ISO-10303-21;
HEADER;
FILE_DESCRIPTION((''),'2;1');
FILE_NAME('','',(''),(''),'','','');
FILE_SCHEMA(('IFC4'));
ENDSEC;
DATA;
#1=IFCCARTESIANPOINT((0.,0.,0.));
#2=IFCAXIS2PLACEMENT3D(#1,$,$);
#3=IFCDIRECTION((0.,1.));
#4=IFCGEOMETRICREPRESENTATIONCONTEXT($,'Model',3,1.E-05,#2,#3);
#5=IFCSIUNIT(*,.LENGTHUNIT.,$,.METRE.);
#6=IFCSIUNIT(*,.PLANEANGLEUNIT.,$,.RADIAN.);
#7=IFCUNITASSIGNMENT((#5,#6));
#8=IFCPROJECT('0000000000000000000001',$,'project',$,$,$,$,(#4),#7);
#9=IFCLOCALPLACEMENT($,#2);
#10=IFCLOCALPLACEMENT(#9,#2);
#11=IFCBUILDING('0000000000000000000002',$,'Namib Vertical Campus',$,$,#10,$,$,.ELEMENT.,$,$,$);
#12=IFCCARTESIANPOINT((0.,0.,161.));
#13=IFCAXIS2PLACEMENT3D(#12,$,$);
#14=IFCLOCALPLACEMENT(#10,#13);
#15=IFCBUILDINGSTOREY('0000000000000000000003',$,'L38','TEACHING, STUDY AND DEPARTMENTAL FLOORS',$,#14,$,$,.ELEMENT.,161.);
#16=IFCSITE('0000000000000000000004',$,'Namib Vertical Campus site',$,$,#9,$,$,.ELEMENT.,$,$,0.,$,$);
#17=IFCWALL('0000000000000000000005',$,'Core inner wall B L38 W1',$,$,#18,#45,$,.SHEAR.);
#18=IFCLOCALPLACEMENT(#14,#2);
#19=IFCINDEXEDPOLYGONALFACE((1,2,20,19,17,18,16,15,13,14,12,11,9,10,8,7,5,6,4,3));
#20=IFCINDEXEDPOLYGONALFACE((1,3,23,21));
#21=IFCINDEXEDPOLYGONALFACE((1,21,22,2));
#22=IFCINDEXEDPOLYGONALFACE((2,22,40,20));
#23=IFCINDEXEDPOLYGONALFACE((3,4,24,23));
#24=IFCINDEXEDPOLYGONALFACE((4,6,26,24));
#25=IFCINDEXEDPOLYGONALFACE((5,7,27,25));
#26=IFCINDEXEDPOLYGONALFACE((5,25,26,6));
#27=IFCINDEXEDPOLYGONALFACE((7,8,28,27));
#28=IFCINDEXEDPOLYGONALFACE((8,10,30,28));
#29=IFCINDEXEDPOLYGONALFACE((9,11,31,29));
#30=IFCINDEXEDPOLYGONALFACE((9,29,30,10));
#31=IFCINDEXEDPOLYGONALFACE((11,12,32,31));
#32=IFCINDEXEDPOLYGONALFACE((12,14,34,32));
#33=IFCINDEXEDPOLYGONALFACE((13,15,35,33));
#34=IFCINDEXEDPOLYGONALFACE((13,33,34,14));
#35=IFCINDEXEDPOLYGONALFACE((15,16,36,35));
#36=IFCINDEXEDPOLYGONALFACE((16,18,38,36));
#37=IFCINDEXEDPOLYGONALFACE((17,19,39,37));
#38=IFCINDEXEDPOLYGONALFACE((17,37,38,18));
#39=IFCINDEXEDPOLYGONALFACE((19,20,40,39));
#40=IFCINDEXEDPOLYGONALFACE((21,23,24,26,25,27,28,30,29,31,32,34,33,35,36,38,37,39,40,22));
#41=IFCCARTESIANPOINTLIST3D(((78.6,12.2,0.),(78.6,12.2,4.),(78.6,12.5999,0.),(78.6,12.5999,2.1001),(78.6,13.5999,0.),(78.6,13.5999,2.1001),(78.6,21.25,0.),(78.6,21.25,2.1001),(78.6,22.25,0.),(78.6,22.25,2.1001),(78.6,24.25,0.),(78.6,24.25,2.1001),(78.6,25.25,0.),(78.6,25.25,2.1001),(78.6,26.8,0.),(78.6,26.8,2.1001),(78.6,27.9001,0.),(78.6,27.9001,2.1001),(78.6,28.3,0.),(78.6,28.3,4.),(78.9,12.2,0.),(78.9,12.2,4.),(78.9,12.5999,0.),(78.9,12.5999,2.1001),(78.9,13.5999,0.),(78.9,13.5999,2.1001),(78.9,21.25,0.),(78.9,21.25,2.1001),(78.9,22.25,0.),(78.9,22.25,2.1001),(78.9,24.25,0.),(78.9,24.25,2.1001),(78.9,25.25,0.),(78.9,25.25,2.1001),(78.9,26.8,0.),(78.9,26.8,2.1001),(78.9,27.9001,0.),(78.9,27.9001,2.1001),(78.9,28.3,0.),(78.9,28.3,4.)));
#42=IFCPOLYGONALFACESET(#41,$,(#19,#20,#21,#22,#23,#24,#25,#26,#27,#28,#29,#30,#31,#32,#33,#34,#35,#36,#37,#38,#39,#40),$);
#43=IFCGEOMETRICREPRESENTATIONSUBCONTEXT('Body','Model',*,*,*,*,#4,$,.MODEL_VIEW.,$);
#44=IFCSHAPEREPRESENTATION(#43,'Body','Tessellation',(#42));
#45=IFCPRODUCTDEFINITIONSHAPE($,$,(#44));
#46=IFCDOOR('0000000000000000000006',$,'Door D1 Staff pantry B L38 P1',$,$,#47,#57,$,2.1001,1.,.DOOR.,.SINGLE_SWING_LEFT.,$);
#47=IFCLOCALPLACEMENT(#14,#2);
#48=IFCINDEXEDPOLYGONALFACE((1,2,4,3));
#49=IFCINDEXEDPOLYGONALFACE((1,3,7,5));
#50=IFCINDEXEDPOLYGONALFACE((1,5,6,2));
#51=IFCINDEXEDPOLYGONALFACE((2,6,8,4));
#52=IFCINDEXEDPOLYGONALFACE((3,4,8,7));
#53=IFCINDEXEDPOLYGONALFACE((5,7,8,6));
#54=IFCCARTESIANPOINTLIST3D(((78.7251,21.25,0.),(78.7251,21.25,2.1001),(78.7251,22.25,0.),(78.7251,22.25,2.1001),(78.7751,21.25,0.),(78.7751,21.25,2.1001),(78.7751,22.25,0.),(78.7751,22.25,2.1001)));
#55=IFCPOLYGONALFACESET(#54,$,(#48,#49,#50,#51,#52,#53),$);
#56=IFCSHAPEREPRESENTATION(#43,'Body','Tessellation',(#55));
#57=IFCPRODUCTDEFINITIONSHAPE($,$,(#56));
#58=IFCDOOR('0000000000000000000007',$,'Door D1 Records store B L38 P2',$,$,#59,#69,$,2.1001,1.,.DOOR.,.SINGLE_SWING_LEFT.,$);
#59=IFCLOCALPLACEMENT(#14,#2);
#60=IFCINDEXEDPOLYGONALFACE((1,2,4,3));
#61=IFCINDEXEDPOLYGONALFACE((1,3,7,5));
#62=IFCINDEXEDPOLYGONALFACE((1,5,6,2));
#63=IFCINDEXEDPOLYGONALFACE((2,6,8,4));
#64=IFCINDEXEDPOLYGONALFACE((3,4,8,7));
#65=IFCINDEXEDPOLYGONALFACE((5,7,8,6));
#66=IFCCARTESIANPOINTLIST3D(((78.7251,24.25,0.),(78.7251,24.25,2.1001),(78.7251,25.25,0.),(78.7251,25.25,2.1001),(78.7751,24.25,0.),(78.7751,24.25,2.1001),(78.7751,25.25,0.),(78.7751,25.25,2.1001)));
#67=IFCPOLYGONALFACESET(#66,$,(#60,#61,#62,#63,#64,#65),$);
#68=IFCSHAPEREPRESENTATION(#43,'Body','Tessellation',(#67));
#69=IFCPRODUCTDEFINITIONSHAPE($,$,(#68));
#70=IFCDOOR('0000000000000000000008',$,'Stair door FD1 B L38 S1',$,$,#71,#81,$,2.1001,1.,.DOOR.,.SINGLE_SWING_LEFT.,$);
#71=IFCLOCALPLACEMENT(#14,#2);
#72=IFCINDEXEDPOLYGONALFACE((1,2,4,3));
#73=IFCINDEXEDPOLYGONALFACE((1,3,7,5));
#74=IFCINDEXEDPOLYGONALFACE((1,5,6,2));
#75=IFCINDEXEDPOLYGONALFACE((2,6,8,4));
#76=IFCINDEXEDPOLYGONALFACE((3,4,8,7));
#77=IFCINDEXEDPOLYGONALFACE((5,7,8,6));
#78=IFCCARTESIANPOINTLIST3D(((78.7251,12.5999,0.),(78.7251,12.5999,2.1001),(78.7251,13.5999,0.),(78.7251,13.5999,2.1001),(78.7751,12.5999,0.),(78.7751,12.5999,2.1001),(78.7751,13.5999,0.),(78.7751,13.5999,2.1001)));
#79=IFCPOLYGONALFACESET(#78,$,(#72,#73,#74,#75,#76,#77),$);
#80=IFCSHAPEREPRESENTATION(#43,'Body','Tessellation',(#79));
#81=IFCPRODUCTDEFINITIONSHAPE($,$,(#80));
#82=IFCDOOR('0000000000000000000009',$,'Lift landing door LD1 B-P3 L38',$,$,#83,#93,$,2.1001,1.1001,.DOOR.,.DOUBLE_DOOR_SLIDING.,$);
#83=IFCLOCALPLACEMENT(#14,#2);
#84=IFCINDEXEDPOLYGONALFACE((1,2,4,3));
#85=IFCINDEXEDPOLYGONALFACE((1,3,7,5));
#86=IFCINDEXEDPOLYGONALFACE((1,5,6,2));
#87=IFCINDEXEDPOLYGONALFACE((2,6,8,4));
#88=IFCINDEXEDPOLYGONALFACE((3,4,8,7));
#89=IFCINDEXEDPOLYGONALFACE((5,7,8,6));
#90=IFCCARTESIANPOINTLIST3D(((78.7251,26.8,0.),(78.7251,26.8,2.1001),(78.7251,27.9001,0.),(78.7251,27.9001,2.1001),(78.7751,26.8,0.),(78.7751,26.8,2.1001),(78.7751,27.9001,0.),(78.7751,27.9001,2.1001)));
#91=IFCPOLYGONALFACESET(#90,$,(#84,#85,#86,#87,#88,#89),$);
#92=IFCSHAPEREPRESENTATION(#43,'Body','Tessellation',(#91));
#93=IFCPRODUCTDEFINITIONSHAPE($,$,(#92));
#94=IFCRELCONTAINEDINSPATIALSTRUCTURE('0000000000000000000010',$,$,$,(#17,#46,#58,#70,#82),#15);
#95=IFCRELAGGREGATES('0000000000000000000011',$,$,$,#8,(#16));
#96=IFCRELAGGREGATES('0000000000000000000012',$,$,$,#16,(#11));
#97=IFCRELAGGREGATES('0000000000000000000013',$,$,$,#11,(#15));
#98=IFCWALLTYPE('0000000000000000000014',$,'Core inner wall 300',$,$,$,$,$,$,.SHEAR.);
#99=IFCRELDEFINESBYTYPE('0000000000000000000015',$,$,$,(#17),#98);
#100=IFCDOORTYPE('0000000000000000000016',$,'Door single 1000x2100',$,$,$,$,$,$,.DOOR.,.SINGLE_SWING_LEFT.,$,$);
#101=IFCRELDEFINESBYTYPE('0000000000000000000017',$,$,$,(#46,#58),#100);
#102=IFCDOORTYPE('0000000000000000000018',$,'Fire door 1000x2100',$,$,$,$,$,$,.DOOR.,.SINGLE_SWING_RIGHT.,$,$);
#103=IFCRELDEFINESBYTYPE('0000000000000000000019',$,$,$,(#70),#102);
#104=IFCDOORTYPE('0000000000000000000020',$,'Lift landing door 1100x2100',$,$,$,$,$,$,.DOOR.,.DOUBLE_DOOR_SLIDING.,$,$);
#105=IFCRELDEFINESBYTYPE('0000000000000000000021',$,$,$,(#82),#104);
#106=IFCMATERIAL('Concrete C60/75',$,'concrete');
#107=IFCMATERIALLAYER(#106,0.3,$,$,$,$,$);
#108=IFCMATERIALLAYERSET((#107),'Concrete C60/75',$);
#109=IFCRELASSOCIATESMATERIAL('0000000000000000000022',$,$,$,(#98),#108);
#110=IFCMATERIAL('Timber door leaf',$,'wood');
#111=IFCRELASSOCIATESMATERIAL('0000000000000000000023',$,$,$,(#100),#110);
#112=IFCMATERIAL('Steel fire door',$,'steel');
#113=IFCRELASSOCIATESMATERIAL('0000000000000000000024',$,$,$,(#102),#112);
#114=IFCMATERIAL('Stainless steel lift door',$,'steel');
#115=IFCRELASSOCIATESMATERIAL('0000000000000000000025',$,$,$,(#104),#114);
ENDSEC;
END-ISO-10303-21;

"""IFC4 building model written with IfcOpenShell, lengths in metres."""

from ifc_helpers import new_model, si_unit, direction, frame, frame_2d, origin, place, context, subcontext, project, spatial, rectangle, extrude, material, layer, layer_set, type_object, element, fill, save


model = new_model("IFC4")

# Units and contexts
model_context = context("Model", 3, precision=1e-05, world=origin(), true_north=direction((0.0, 1.0)))
body_context = subcontext(model_context, "Body", "Model", "MODEL_VIEW")
ifc_project = project(units=[si_unit("LENGTHUNIT", "METRE"), si_unit("PLANEANGLEUNIT", "RADIAN")], contexts=[model_context])

# Site, building, storey
site_placement = place(None, origin())
site = spatial("IfcSite", under=ifc_project, at=site_placement, Name="Namib Vertical Campus site", CompositionType="ELEMENT", RefElevation=0.0)
building_placement = place(site_placement, origin())
building = spatial("IfcBuilding", under=site, at=building_placement, Name="Namib Vertical Campus", CompositionType="ELEMENT")
storey_placement = place(building_placement, frame((0.0, 0.0, 161.0)))
storey = spatial("IfcBuildingStorey", under=building, at=storey_placement, Name="L38", Description="TEACHING, STUDY AND DEPARTMENTAL FLOORS", CompositionType="ELEMENT", Elevation=161.0)

# Wall, openings, doors
ifc_material_1 = material(Name="Concrete C60/75", Category="concrete")
ifc_layer_1 = layer(ifc_material_1, 0.3)
ifc_layer_set_1 = layer_set([ifc_layer_1], Name="Concrete C60/75")
wall_type_1 = type_object("IfcWallType", Name="Core inner wall 300", PredefinedType="SHEAR", material=ifc_layer_set_1)
wall_1_placement = place(storey_placement, frame((78.75, 12.2, 0.0), z_axis=(0.0, 0.0, 1.0), x_axis=(0.0, 1.0, 0.0)))
wall_1 = element("IfcWall", 1, at=wall_1_placement, inside=storey, type_object=wall_type_1, Name="Core inner wall B L38 W1", PredefinedType="SHEAR", context=body_context, shape_type="SweptSolid", body=[
    extrude(rectangle(XDim=16.1001, YDim=0.3, at=frame_2d((8.05, 0.0))), origin(), (0.0, 0.0, 1.0), 4.0),
])
opening_1_placement = place(wall_1_placement, frame((0.3999, 0.0, 0.0)))
opening_1 = element("IfcOpeningElement", 2, at=opening_1_placement, cuts=wall_1, PredefinedType="OPENING", context=body_context, shape_type="SweptSolid", body=[
    extrude(rectangle(XDim=1.0, YDim=2.1001, at=frame_2d((0.5, 1.05))), frame((0.0, 0.1599, 0.0), z_axis=(0.0, -1.0, 0.0), x_axis=(1.0, 0.0, 0.0)), (0.0, 0.0, 1.0), 0.3201),
])
opening_2_placement = place(wall_1_placement, frame((14.6001, 0.0, 0.0)))
opening_2 = element("IfcOpeningElement", 3, at=opening_2_placement, cuts=wall_1, PredefinedType="OPENING", context=body_context, shape_type="SweptSolid", body=[
    extrude(rectangle(XDim=1.1001, YDim=2.1001, at=frame_2d((0.55, 1.05))), frame((0.0, 0.1599, 0.0), z_axis=(0.0, -1.0, 0.0), x_axis=(1.0, 0.0, 0.0)), (0.0, 0.0, 1.0), 0.3201),
])
opening_3_placement = place(wall_1_placement, frame((9.05, 0.0, 0.0)))
opening_3 = element("IfcOpeningElement", 4, at=opening_3_placement, cuts=wall_1, PredefinedType="OPENING", context=body_context, shape_type="SweptSolid", body=[
    extrude(rectangle(XDim=1.0, YDim=2.1001, at=frame_2d((0.5, 1.05))), frame((0.0, 0.1599, 0.0), z_axis=(0.0, -1.0, 0.0), x_axis=(1.0, 0.0, 0.0)), (0.0, 0.0, 1.0), 0.3201),
])
opening_4_placement = place(wall_1_placement, frame((12.05, 0.0, 0.0)))
opening_4 = element("IfcOpeningElement", 5, at=opening_4_placement, cuts=wall_1, PredefinedType="OPENING", context=body_context, shape_type="SweptSolid", body=[
    extrude(rectangle(XDim=1.0, YDim=2.1001, at=frame_2d((0.5, 1.05))), frame((0.0, 0.1599, 0.0), z_axis=(0.0, -1.0, 0.0), x_axis=(1.0, 0.0, 0.0)), (0.0, 0.0, 1.0), 0.3201),
])
ifc_material_2 = material(Name="Timber door leaf", Category="wood")
door_type_1 = type_object("IfcDoorType", Name="Door single 1000x2100", OperationType="SINGLE_SWING_LEFT", PredefinedType="DOOR", material=ifc_material_2)
door_1_placement = place(opening_3_placement, origin())
door_1 = element("IfcDoor", 6, at=door_1_placement, inside=storey, type_object=door_type_1, Name="Door D1 Staff pantry B L38 P1", OperationType="SINGLE_SWING_LEFT", OverallHeight=2.1001, OverallWidth=1.0, PredefinedType="DOOR", context=body_context, shape_type="SweptSolid", body=[
    extrude(rectangle(XDim=1.0, YDim=2.1001, at=frame_2d((0.5, 1.05))), frame((0.0, 0.0249, 0.0), z_axis=(0.0, -1.0, 0.0), x_axis=(1.0, 0.0, 0.0)), (0.0, 0.0, 1.0), 0.05),
])
fill(opening_3, door_1)
door_2_placement = place(opening_4_placement, origin())
door_2 = element("IfcDoor", 7, at=door_2_placement, inside=storey, type_object=door_type_1, Name="Door D1 Records store B L38 P2", OperationType="SINGLE_SWING_LEFT", OverallHeight=2.1001, OverallWidth=1.0, PredefinedType="DOOR", context=body_context, shape_type="SweptSolid", body=[
    extrude(rectangle(XDim=1.0, YDim=2.1001, at=frame_2d((0.5, 1.05))), frame((0.0, 0.0249, 0.0), z_axis=(0.0, -1.0, 0.0), x_axis=(1.0, 0.0, 0.0)), (0.0, 0.0, 1.0), 0.05),
])
fill(opening_4, door_2)
ifc_material_3 = material(Name="Steel fire door", Category="steel")
door_type_2 = type_object("IfcDoorType", Name="Fire door 1000x2100", OperationType="SINGLE_SWING_RIGHT", PredefinedType="DOOR", material=ifc_material_3)
door_3_placement = place(opening_1_placement, origin())
door_3 = element("IfcDoor", 8, at=door_3_placement, inside=storey, type_object=door_type_2, Name="Stair door FD1 B L38 S1", OperationType="SINGLE_SWING_LEFT", OverallHeight=2.1001, OverallWidth=1.0, PredefinedType="DOOR", context=body_context, shape_type="SweptSolid", body=[
    extrude(rectangle(XDim=1.0, YDim=2.1001, at=frame_2d((0.5, 1.05))), frame((0.0, 0.0249, 0.0), z_axis=(0.0, -1.0, 0.0), x_axis=(1.0, 0.0, 0.0)), (0.0, 0.0, 1.0), 0.05),
])
fill(opening_1, door_3)
ifc_material_4 = material(Name="Stainless steel lift door", Category="steel")
door_type_3 = type_object("IfcDoorType", Name="Lift landing door 1100x2100", OperationType="DOUBLE_DOOR_SLIDING", PredefinedType="DOOR", material=ifc_material_4)
door_4_placement = place(opening_2_placement, origin())
door_4 = element("IfcDoor", 9, at=door_4_placement, inside=storey, type_object=door_type_3, Name="Lift landing door LD1 B-P3 L38", OperationType="DOUBLE_DOOR_SLIDING", OverallHeight=2.1001, OverallWidth=1.1001, PredefinedType="DOOR", context=body_context, shape_type="SweptSolid", body=[
    extrude(rectangle(XDim=1.1001, YDim=2.1001, at=frame_2d((0.55, 1.05))), frame((0.0, 0.0249, 0.0), z_axis=(0.0, -1.0, 0.0), x_axis=(1.0, 0.0, 0.0)), (0.0, 0.0, 1.0), 0.05),
])
fill(opening_2, door_4)

save(model, "model.ifc")
